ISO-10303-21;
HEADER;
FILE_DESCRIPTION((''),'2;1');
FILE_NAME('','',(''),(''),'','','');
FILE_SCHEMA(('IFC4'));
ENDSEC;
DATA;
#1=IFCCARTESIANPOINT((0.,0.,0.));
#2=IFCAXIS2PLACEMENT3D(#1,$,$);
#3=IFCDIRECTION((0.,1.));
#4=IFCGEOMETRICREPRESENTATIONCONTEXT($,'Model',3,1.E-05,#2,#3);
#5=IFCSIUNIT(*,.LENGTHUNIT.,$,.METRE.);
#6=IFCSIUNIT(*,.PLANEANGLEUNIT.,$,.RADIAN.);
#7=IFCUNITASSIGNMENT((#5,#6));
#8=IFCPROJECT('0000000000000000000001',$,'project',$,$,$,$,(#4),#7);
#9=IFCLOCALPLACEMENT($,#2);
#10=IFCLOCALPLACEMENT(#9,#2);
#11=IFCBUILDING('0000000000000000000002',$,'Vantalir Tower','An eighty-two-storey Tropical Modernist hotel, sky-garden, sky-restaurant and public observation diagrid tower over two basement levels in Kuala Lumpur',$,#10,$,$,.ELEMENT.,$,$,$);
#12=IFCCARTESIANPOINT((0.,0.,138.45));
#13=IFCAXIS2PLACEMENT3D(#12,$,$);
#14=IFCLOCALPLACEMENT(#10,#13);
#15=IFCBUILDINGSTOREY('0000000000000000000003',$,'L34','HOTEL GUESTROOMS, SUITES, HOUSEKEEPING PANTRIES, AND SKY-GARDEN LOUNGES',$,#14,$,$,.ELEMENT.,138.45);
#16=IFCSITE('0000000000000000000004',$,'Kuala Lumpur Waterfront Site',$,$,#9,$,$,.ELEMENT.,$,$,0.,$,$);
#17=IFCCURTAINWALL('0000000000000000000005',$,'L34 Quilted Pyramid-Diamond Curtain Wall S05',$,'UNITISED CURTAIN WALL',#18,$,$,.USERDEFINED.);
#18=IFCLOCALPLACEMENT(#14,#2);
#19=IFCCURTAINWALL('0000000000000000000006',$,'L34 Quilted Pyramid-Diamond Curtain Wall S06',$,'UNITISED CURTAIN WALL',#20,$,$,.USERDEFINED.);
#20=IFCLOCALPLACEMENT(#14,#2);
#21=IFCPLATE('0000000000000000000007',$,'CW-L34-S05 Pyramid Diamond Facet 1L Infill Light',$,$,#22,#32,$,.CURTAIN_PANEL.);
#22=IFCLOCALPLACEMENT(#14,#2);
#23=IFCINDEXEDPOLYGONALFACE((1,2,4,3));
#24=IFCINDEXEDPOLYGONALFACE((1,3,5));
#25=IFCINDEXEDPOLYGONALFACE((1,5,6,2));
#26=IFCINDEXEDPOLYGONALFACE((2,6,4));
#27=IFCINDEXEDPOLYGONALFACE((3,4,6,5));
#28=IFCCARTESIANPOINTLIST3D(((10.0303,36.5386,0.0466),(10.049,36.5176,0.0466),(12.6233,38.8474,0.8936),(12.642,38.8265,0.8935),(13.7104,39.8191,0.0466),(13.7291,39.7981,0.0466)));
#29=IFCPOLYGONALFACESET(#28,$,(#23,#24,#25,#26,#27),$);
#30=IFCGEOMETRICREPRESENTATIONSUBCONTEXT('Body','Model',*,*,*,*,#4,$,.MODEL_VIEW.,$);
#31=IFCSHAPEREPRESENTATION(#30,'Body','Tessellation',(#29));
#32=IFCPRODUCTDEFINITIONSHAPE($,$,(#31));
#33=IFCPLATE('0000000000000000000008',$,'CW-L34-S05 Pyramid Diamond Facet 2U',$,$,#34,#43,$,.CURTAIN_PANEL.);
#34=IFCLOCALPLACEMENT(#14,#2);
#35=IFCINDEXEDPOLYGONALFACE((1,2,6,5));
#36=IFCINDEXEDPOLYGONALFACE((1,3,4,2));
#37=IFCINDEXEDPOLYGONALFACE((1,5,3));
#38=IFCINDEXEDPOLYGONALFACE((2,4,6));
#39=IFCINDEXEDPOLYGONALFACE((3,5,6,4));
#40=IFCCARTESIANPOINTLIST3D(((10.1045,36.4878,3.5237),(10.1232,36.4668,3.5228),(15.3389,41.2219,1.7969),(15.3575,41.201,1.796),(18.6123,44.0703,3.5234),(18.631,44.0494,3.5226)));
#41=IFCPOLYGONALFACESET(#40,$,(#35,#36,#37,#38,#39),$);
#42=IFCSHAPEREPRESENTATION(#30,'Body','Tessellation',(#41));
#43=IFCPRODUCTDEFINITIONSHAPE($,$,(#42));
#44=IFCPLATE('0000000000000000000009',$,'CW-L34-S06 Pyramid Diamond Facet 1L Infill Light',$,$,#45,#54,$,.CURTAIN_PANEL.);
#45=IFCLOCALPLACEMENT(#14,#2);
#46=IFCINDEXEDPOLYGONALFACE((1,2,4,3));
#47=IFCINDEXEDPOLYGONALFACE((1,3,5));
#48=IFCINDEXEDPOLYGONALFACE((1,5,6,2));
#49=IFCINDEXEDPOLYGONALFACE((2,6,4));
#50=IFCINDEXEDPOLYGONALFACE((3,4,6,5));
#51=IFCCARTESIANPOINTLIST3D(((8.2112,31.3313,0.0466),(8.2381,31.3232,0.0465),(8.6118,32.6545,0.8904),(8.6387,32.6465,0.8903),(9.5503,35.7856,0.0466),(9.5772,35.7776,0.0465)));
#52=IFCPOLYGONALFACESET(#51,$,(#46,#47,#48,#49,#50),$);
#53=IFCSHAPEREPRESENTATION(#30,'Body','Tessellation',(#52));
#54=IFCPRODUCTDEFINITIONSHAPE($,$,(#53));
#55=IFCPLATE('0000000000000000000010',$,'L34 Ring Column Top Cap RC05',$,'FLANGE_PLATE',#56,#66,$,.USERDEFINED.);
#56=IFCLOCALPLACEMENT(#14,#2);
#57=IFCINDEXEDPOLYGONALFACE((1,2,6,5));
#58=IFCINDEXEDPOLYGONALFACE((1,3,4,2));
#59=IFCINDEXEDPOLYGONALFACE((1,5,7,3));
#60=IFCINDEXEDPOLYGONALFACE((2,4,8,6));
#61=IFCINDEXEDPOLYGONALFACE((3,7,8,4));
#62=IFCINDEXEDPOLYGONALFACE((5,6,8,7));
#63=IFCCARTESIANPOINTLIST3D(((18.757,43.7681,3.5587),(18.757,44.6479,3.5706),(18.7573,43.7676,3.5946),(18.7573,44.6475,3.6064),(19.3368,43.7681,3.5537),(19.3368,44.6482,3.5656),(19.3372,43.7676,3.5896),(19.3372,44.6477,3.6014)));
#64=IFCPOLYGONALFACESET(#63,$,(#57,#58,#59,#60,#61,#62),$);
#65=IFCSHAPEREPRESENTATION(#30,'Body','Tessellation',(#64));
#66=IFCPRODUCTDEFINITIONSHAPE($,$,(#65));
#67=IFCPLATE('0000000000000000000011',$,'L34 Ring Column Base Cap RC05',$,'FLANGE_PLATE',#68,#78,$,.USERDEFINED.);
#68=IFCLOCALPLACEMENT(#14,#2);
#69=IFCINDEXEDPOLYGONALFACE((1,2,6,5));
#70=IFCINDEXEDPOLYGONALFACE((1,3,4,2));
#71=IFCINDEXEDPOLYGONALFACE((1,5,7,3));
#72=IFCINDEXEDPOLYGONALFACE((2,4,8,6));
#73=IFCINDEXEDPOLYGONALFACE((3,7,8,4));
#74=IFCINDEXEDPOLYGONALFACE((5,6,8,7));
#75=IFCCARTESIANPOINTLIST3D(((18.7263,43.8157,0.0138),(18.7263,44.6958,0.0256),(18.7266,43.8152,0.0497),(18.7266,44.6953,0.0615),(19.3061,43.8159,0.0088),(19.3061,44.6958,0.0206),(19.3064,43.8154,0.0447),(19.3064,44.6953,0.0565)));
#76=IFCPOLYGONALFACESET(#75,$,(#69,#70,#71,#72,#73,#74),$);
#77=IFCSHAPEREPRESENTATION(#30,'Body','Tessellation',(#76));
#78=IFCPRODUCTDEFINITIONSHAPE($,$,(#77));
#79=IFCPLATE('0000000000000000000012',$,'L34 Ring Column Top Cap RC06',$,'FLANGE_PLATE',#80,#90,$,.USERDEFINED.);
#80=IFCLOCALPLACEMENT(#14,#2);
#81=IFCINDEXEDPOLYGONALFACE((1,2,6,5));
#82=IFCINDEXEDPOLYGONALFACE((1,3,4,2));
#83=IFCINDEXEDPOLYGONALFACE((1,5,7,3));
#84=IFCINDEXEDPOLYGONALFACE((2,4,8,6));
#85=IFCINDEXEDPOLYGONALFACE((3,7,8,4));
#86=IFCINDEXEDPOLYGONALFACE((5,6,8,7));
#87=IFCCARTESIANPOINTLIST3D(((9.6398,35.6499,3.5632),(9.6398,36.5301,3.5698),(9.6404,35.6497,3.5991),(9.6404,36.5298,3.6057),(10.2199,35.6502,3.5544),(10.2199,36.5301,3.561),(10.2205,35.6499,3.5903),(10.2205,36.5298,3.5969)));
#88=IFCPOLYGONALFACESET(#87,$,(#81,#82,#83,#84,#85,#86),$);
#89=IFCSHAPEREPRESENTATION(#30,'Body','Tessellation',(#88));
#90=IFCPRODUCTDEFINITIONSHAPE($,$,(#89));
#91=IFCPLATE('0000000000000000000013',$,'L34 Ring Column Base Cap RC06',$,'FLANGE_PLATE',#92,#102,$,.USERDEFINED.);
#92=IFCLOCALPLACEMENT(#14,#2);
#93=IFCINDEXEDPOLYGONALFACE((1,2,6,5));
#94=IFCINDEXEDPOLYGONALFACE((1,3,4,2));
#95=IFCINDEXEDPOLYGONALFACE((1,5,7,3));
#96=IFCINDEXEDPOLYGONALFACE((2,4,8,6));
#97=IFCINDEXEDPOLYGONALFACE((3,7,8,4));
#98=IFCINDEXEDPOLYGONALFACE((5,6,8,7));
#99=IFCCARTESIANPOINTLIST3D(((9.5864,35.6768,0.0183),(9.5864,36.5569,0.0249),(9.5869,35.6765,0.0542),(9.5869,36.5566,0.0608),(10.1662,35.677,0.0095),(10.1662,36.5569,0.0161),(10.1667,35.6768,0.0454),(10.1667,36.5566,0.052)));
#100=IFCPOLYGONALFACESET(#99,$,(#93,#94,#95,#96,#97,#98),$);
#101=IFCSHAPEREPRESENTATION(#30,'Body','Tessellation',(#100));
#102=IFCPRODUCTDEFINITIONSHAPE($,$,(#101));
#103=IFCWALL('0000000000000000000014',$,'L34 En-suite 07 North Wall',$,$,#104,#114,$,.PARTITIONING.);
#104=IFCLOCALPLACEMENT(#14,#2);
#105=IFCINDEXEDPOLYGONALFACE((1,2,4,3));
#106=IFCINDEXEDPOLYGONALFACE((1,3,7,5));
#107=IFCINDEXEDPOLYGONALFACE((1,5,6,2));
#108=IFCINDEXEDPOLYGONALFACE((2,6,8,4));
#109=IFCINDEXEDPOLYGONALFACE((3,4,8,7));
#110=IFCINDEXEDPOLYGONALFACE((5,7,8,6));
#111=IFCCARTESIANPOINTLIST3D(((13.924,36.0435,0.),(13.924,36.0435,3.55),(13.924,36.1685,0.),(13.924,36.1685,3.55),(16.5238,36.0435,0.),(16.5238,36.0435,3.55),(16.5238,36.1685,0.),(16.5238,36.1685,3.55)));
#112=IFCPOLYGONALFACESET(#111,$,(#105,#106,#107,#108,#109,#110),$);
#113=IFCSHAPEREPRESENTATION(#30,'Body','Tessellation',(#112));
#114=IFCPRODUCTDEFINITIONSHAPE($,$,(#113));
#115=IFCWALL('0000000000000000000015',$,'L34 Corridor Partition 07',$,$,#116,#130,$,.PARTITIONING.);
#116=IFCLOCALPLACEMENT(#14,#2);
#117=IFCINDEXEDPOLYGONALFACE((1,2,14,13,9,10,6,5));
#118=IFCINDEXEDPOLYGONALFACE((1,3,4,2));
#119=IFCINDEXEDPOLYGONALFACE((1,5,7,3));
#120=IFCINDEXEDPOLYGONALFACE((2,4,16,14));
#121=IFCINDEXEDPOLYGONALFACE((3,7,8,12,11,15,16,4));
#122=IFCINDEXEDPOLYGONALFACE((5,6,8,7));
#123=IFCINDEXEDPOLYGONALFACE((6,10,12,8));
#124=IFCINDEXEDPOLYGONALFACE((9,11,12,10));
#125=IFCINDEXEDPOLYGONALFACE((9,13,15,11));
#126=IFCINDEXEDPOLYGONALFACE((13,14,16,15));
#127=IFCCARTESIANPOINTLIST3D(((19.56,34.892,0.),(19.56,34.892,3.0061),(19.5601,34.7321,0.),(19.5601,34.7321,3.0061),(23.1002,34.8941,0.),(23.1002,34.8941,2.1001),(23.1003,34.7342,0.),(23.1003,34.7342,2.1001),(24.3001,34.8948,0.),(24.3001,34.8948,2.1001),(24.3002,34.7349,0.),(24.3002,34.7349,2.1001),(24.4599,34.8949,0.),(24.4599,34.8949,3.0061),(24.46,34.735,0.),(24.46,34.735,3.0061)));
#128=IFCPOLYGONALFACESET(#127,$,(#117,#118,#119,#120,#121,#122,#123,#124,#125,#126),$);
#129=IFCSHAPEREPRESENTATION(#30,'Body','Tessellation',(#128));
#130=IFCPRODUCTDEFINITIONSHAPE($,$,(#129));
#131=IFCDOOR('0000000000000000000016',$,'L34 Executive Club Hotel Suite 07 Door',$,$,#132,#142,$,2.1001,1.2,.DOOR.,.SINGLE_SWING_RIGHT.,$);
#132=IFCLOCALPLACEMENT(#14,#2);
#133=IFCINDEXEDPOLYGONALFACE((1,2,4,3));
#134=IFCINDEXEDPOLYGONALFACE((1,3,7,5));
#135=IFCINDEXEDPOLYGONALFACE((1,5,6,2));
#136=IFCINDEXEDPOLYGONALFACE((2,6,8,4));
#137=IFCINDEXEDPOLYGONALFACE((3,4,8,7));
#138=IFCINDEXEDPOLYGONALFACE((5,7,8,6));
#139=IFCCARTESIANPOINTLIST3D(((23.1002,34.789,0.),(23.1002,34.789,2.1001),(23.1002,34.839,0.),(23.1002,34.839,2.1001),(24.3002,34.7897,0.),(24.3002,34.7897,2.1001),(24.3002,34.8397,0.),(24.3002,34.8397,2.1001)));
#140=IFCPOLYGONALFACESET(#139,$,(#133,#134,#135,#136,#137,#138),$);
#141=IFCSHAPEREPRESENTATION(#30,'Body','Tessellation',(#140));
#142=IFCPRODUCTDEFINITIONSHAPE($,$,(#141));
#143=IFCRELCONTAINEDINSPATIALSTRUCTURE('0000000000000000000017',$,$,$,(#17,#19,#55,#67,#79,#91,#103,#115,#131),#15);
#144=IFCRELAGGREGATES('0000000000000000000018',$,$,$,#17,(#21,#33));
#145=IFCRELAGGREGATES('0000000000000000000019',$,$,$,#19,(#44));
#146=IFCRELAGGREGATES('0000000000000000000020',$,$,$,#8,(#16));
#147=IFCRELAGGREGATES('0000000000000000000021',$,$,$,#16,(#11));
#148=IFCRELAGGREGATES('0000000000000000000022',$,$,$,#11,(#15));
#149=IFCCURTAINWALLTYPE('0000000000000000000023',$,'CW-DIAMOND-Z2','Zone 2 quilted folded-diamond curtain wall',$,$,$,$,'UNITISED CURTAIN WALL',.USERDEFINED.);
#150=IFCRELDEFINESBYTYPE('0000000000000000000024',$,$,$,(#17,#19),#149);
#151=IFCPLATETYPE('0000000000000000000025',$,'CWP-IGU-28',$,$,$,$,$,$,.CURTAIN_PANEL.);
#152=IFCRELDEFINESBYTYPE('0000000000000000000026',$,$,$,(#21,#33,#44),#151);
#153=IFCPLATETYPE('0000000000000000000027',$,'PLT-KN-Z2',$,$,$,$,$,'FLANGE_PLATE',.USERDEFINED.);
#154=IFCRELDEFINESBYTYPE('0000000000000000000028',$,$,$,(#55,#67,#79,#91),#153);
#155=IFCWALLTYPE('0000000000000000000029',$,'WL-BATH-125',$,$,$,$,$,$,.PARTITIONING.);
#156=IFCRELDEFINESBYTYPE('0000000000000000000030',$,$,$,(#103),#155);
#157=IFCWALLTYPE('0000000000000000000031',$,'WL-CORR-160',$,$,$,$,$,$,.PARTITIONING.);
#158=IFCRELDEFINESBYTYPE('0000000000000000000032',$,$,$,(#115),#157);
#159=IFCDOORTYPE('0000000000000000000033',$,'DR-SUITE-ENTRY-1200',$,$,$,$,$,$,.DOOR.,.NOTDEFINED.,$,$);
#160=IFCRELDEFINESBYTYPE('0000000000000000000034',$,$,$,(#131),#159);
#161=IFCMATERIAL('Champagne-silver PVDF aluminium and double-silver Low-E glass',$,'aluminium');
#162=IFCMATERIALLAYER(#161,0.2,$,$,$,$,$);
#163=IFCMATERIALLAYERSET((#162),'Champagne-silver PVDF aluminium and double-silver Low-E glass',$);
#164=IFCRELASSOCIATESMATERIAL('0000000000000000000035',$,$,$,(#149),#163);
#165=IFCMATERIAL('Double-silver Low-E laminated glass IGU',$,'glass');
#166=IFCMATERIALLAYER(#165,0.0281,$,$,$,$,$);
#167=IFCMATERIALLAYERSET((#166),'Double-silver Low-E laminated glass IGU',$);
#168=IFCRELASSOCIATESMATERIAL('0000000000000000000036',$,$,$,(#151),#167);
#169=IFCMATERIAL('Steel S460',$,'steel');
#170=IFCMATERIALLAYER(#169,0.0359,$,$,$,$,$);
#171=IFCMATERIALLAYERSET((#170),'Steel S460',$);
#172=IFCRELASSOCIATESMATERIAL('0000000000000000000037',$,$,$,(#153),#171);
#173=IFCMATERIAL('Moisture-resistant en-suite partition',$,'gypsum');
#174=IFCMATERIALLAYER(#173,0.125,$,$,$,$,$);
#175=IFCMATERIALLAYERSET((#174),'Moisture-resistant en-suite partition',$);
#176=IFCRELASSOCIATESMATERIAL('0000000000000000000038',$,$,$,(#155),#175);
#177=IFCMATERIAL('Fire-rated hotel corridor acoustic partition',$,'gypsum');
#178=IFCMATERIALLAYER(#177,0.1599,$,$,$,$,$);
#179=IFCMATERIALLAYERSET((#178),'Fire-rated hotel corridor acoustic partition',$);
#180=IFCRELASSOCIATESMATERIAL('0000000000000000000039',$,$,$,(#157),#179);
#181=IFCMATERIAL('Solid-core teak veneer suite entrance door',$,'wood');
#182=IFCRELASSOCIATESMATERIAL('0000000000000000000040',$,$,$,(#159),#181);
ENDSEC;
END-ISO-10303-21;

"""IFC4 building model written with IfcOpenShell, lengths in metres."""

from ifc_helpers import new_model, si_unit, direction, frame, frame_2d, origin, place, context, subcontext, project, spatial, polyline, rectangle, outline, extrude, material, layer, layer_set, type_object, element, fill, aggregate, save


model = new_model("IFC4")

# Units and contexts
model_context = context("Model", 3, precision=1e-05, world=origin(), true_north=direction((0.0, 1.0)))
body_context = subcontext(model_context, "Body", "Model", "MODEL_VIEW")
ifc_project = project(units=[si_unit("LENGTHUNIT", "METRE"), si_unit("PLANEANGLEUNIT", "RADIAN")], contexts=[model_context])

# Site, building, storey
site_placement = place(None, origin())
site = spatial("IfcSite", under=ifc_project, at=site_placement, Name="Kuala Lumpur Waterfront Site", CompositionType="ELEMENT", RefElevation=0.0)
building_placement = place(site_placement, origin())
building = spatial("IfcBuilding", under=site, at=building_placement, Name="Vantalir Tower", Description="An eighty-two-storey Tropical Modernist hotel, sky-garden, sky-restaurant and public observation diagrid tower over two basement levels in Kuala Lumpur", CompositionType="ELEMENT")
storey_placement = place(building_placement, frame((0.0, 0.0, 138.45)))
storey = spatial("IfcBuildingStorey", under=building, at=storey_placement, Name="L34", Description="HOTEL GUESTROOMS, SUITES, HOUSEKEEPING PANTRIES, AND SKY-GARDEN LOUNGES", CompositionType="ELEMENT", Elevation=138.45)

# Shared definitions
ifc_material_1 = material(Name="Steel S460", Category="steel")

# Shared definitions
ifc_material_2 = material(Name="Champagne-silver PVDF aluminium and double-silver Low-E glass", Category="aluminium")
ifc_layer_1 = layer(ifc_material_2, 0.2)
ifc_layer_set_1 = layer_set([ifc_layer_1], Name="Champagne-silver PVDF aluminium and double-silver Low-E glass")
curtain_wall_type = type_object("IfcCurtainWallType", Name="CW-DIAMOND-Z2", Description="Zone 2 quilted folded-diamond curtain wall", ElementType="UNITISED CURTAIN WALL", PredefinedType="USERDEFINED", material=ifc_layer_set_1)

# Curtain wall
curtain_wall_1_placement = place(storey_placement, origin())
curtain_wall_1 = element("IfcCurtainWall", 1, at=curtain_wall_1_placement, inside=storey, type_object=curtain_wall_type, Name="L34 Quilted Pyramid-Diamond Curtain Wall S05", ObjectType="UNITISED CURTAIN WALL", PredefinedType="USERDEFINED")

# Curtain wall
curtain_wall_2_placement = place(storey_placement, origin())
curtain_wall_2 = element("IfcCurtainWall", 2, at=curtain_wall_2_placement, inside=storey, type_object=curtain_wall_type, Name="L34 Quilted Pyramid-Diamond Curtain Wall S06", ObjectType="UNITISED CURTAIN WALL", PredefinedType="USERDEFINED")

# Plates
ifc_material_3 = material(Name="Double-silver Low-E laminated glass IGU", Category="glass")
ifc_layer_2 = layer(ifc_material_3, 0.0281)
ifc_layer_set_2 = layer_set([ifc_layer_2], Name="Double-silver Low-E laminated glass IGU")
plate_type_1 = type_object("IfcPlateType", Name="CWP-IGU-28", PredefinedType="CURTAIN_PANEL", material=ifc_layer_set_2)
plate_1_placement = place(storey_placement, frame((13.7104, 39.8191, 0.0466), z_axis=(-0.66541, 0.746475, 0.002278), x_axis=(-0.746477, -0.665411, 0.0)))
plate_1 = element("IfcPlate", 3, at=plate_1_placement, type_object=plate_type_1, Name="CW-L34-S05 Pyramid Diamond Facet 1L Infill Light", PredefinedType="CURTAIN_PANEL", context=body_context, shape_type="SweptSolid", body=[
    extrude(outline(polyline([(0.0, 0.0), (4.9301, 0.0), (1.4581, 0.8469), (0.0, 0.0)])), origin(), (0.0, 0.0, -1.0), 0.0281),
])
plate_2_placement = place(storey_placement, frame((10.1045, 36.4878, 3.5237), z_axis=(-0.665048, 0.746204, 0.029835), x_axis=(0.746536, 0.665345, -0.000021)))
plate_2 = element("IfcPlate", 4, at=plate_2_placement, type_object=plate_type_1, Name="CW-L34-S05 Pyramid Diamond Facet 2U", PredefinedType="CURTAIN_PANEL", context=body_context, shape_type="SweptSolid", body=[
    extrude(outline(polyline([(0.0, 0.0), (11.3964, 0.0), (7.0575, 1.7274), (0.0, 0.0)])), origin(), (0.0, 0.0, -1.0), 0.0281),
])
aggregate(curtain_wall_1, [plate_1, plate_2])
plate_3_placement = place(storey_placement, frame((9.5503, 35.7856, 0.0466), z_axis=(-0.957655, 0.2879, 0.00321), x_axis=(-0.287902, -0.95766, 0.0)))
plate_3 = element("IfcPlate", 5, at=plate_3_placement, type_object=plate_type_1, Name="CW-L34-S06 Pyramid Diamond Facet 1L Infill Light", PredefinedType="CURTAIN_PANEL", context=body_context, shape_type="SweptSolid", body=[
    extrude(outline(polyline([(0.0, 0.0), (4.6513, 0.0), (3.2687, 0.8438), (0.0, 0.0)])), origin(), (0.0, 0.0, -1.0), 0.0281),
])
aggregate(curtain_wall_2, [plate_3])

# Plates
ifc_layer_3 = layer(ifc_material_1, 0.0359)
ifc_layer_set_3 = layer_set([ifc_layer_3], Name="Steel S460")
plate_type_2 = type_object("IfcPlateType", Name="PLT-KN-Z2", ElementType="FLANGE_PLATE", PredefinedType="USERDEFINED", material=ifc_layer_set_3)
plate_4_placement = place(storey_placement, frame((18.7573, 44.6475, 3.6064), z_axis=(0.008633, -0.013454, 0.999872), x_axis=(-0.000001, -0.999909, -0.013454)))
element("IfcPlate", 6, at=plate_4_placement, inside=storey, type_object=plate_type_2, Name="L34 Ring Column Top Cap RC05", ObjectType="FLANGE_PLATE", PredefinedType="USERDEFINED", context=body_context, shape_type="SweptSolid", body=[
    extrude(outline(polyline([(0.0, 0.0), (0.88, 0.0), (0.88, 0.5799), (-0.0002, 0.5799), (0.0, 0.0)])), origin(), (0.0, 0.0, -1.0), 0.0359),
])
plate_5_placement = place(storey_placement, frame((18.7266, 44.6953, 0.0615), z_axis=(0.008633, -0.013454, 0.999872), x_axis=(0.000001, -0.999909, -0.013454)))
element("IfcPlate", 7, at=plate_5_placement, inside=storey, type_object=plate_type_2, Name="L34 Ring Column Base Cap RC05", ObjectType="FLANGE_PLATE", PredefinedType="USERDEFINED", context=body_context, shape_type="SweptSolid", body=[
    extrude(outline(polyline([(0.0, 0.0), (0.8802, 0.0), (0.88, 0.5799), (0.0001, 0.5799), (0.0, 0.0)])), origin(), (0.0, 0.0, -1.0), 0.0359),
])
plate_6_placement = place(storey_placement, frame((9.6404, 36.5298, 3.6057), z_axis=(0.015151, -0.00749, 0.999857), x_axis=(0.0, -0.999972, -0.00749)))
element("IfcPlate", 8, at=plate_6_placement, inside=storey, type_object=plate_type_2, Name="L34 Ring Column Top Cap RC06", ObjectType="FLANGE_PLATE", PredefinedType="USERDEFINED", context=body_context, shape_type="SweptSolid", body=[
    extrude(outline(polyline([(0.0, 0.0), (0.8802, 0.0), (0.88, 0.5801), (0.0001, 0.5801), (0.0, 0.0)])), origin(), (0.0, 0.0, -1.0), 0.0359),
])
plate_7_placement = place(storey_placement, frame((9.5869, 36.5566, 0.0608), z_axis=(0.015157, -0.00749, 0.999857), x_axis=(0.0, -0.999972, -0.00749)))
element("IfcPlate", 9, at=plate_7_placement, inside=storey, type_object=plate_type_2, Name="L34 Ring Column Base Cap RC06", ObjectType="FLANGE_PLATE", PredefinedType="USERDEFINED", context=body_context, shape_type="SweptSolid", body=[
    extrude(outline(polyline([(0.0, 0.0), (0.8802, 0.0), (0.88, 0.5799), (0.0001, 0.5799), (0.0, 0.0)])), origin(), (0.0, 0.0, -1.0), 0.0359),
])

# Wall
ifc_material_4 = material(Name="Moisture-resistant en-suite partition", Category="gypsum")
ifc_layer_4 = layer(ifc_material_4, 0.125)
ifc_layer_set_4 = layer_set([ifc_layer_4], Name="Moisture-resistant en-suite partition")
wall_type_1 = type_object("IfcWallType", Name="WL-BATH-125", PredefinedType="PARTITIONING", material=ifc_layer_set_4)
wall_1_placement = place(storey_placement, frame((13.9241, 36.106, 0.0), z_axis=(0.0, 0.0, 1.0), x_axis=(1.0, 0.0, 0.0)))
element("IfcWall", 10, at=wall_1_placement, inside=storey, type_object=wall_type_1, Name="L34 En-suite 07 North Wall", PredefinedType="PARTITIONING", context=body_context, shape_type="SweptSolid", body=[
    extrude(rectangle(XDim=2.5999, YDim=0.125, at=frame_2d((1.2998, 0.0))), origin(), (0.0, 0.0, 1.0), 3.55),
])

# Wall, opening, door
ifc_material_5 = material(Name="Fire-rated hotel corridor acoustic partition", Category="gypsum")
ifc_layer_5 = layer(ifc_material_5, 0.1599)
ifc_layer_set_5 = layer_set([ifc_layer_5], Name="Fire-rated hotel corridor acoustic partition")
wall_type_2 = type_object("IfcWallType", Name="WL-CORR-160", PredefinedType="PARTITIONING", material=ifc_layer_set_5)
wall_2_placement = place(storey_placement, frame((19.5601, 34.812, 0.0), z_axis=(0.0, 0.0, 1.0), x_axis=(1.0, 0.000598, 0.0)))
wall_2 = element("IfcWall", 11, at=wall_2_placement, inside=storey, type_object=wall_type_2, Name="L34 Corridor Partition 07", PredefinedType="PARTITIONING", context=body_context, shape_type="SweptSolid", body=[
    extrude(rectangle(XDim=4.8999, YDim=0.1599, at=frame_2d((2.45, 0.0))), origin(), (0.0, 0.0, 1.0), 3.0061),
])
opening_placement = place(wall_2_placement, frame((3.54, 0.0, 0.0)))
opening = element("IfcOpeningElement", 12, at=opening_placement, cuts=wall_2, PredefinedType="OPENING", context=body_context, shape_type="SweptSolid", body=[
    extrude(rectangle(XDim=1.2, YDim=2.1001, at=frame_2d((0.6001, 1.05))), frame((0.0, 0.0898, 0.0), z_axis=(0.0, -1.0, 0.0), x_axis=(1.0, 0.0, 0.0)), (0.0, 0.0, 1.0), 0.1799),
])
ifc_material_6 = material(Name="Solid-core teak veneer suite entrance door", Category="wood")
door_type = type_object("IfcDoorType", Name="DR-SUITE-ENTRY-1200", OperationType="NOTDEFINED", PredefinedType="DOOR", material=ifc_material_6)
door_placement = place(opening_placement, origin())
door = element("IfcDoor", 13, at=door_placement, inside=storey, type_object=door_type, Name="L34 Executive Club Hotel Suite 07 Door", OperationType="SINGLE_SWING_RIGHT", OverallHeight=2.1001, OverallWidth=1.2, PredefinedType="DOOR", context=body_context, shape_type="SweptSolid", body=[
    extrude(rectangle(XDim=1.2, YDim=2.1001, at=frame_2d((0.6001, 1.05))), frame((0.0, 0.0249, 0.0), z_axis=(0.0, -1.0, 0.0), x_axis=(1.0, 0.0, 0.0)), (0.0, 0.0, 1.0), 0.05),
])
fill(opening, door)

save(model, "model.ifc")
